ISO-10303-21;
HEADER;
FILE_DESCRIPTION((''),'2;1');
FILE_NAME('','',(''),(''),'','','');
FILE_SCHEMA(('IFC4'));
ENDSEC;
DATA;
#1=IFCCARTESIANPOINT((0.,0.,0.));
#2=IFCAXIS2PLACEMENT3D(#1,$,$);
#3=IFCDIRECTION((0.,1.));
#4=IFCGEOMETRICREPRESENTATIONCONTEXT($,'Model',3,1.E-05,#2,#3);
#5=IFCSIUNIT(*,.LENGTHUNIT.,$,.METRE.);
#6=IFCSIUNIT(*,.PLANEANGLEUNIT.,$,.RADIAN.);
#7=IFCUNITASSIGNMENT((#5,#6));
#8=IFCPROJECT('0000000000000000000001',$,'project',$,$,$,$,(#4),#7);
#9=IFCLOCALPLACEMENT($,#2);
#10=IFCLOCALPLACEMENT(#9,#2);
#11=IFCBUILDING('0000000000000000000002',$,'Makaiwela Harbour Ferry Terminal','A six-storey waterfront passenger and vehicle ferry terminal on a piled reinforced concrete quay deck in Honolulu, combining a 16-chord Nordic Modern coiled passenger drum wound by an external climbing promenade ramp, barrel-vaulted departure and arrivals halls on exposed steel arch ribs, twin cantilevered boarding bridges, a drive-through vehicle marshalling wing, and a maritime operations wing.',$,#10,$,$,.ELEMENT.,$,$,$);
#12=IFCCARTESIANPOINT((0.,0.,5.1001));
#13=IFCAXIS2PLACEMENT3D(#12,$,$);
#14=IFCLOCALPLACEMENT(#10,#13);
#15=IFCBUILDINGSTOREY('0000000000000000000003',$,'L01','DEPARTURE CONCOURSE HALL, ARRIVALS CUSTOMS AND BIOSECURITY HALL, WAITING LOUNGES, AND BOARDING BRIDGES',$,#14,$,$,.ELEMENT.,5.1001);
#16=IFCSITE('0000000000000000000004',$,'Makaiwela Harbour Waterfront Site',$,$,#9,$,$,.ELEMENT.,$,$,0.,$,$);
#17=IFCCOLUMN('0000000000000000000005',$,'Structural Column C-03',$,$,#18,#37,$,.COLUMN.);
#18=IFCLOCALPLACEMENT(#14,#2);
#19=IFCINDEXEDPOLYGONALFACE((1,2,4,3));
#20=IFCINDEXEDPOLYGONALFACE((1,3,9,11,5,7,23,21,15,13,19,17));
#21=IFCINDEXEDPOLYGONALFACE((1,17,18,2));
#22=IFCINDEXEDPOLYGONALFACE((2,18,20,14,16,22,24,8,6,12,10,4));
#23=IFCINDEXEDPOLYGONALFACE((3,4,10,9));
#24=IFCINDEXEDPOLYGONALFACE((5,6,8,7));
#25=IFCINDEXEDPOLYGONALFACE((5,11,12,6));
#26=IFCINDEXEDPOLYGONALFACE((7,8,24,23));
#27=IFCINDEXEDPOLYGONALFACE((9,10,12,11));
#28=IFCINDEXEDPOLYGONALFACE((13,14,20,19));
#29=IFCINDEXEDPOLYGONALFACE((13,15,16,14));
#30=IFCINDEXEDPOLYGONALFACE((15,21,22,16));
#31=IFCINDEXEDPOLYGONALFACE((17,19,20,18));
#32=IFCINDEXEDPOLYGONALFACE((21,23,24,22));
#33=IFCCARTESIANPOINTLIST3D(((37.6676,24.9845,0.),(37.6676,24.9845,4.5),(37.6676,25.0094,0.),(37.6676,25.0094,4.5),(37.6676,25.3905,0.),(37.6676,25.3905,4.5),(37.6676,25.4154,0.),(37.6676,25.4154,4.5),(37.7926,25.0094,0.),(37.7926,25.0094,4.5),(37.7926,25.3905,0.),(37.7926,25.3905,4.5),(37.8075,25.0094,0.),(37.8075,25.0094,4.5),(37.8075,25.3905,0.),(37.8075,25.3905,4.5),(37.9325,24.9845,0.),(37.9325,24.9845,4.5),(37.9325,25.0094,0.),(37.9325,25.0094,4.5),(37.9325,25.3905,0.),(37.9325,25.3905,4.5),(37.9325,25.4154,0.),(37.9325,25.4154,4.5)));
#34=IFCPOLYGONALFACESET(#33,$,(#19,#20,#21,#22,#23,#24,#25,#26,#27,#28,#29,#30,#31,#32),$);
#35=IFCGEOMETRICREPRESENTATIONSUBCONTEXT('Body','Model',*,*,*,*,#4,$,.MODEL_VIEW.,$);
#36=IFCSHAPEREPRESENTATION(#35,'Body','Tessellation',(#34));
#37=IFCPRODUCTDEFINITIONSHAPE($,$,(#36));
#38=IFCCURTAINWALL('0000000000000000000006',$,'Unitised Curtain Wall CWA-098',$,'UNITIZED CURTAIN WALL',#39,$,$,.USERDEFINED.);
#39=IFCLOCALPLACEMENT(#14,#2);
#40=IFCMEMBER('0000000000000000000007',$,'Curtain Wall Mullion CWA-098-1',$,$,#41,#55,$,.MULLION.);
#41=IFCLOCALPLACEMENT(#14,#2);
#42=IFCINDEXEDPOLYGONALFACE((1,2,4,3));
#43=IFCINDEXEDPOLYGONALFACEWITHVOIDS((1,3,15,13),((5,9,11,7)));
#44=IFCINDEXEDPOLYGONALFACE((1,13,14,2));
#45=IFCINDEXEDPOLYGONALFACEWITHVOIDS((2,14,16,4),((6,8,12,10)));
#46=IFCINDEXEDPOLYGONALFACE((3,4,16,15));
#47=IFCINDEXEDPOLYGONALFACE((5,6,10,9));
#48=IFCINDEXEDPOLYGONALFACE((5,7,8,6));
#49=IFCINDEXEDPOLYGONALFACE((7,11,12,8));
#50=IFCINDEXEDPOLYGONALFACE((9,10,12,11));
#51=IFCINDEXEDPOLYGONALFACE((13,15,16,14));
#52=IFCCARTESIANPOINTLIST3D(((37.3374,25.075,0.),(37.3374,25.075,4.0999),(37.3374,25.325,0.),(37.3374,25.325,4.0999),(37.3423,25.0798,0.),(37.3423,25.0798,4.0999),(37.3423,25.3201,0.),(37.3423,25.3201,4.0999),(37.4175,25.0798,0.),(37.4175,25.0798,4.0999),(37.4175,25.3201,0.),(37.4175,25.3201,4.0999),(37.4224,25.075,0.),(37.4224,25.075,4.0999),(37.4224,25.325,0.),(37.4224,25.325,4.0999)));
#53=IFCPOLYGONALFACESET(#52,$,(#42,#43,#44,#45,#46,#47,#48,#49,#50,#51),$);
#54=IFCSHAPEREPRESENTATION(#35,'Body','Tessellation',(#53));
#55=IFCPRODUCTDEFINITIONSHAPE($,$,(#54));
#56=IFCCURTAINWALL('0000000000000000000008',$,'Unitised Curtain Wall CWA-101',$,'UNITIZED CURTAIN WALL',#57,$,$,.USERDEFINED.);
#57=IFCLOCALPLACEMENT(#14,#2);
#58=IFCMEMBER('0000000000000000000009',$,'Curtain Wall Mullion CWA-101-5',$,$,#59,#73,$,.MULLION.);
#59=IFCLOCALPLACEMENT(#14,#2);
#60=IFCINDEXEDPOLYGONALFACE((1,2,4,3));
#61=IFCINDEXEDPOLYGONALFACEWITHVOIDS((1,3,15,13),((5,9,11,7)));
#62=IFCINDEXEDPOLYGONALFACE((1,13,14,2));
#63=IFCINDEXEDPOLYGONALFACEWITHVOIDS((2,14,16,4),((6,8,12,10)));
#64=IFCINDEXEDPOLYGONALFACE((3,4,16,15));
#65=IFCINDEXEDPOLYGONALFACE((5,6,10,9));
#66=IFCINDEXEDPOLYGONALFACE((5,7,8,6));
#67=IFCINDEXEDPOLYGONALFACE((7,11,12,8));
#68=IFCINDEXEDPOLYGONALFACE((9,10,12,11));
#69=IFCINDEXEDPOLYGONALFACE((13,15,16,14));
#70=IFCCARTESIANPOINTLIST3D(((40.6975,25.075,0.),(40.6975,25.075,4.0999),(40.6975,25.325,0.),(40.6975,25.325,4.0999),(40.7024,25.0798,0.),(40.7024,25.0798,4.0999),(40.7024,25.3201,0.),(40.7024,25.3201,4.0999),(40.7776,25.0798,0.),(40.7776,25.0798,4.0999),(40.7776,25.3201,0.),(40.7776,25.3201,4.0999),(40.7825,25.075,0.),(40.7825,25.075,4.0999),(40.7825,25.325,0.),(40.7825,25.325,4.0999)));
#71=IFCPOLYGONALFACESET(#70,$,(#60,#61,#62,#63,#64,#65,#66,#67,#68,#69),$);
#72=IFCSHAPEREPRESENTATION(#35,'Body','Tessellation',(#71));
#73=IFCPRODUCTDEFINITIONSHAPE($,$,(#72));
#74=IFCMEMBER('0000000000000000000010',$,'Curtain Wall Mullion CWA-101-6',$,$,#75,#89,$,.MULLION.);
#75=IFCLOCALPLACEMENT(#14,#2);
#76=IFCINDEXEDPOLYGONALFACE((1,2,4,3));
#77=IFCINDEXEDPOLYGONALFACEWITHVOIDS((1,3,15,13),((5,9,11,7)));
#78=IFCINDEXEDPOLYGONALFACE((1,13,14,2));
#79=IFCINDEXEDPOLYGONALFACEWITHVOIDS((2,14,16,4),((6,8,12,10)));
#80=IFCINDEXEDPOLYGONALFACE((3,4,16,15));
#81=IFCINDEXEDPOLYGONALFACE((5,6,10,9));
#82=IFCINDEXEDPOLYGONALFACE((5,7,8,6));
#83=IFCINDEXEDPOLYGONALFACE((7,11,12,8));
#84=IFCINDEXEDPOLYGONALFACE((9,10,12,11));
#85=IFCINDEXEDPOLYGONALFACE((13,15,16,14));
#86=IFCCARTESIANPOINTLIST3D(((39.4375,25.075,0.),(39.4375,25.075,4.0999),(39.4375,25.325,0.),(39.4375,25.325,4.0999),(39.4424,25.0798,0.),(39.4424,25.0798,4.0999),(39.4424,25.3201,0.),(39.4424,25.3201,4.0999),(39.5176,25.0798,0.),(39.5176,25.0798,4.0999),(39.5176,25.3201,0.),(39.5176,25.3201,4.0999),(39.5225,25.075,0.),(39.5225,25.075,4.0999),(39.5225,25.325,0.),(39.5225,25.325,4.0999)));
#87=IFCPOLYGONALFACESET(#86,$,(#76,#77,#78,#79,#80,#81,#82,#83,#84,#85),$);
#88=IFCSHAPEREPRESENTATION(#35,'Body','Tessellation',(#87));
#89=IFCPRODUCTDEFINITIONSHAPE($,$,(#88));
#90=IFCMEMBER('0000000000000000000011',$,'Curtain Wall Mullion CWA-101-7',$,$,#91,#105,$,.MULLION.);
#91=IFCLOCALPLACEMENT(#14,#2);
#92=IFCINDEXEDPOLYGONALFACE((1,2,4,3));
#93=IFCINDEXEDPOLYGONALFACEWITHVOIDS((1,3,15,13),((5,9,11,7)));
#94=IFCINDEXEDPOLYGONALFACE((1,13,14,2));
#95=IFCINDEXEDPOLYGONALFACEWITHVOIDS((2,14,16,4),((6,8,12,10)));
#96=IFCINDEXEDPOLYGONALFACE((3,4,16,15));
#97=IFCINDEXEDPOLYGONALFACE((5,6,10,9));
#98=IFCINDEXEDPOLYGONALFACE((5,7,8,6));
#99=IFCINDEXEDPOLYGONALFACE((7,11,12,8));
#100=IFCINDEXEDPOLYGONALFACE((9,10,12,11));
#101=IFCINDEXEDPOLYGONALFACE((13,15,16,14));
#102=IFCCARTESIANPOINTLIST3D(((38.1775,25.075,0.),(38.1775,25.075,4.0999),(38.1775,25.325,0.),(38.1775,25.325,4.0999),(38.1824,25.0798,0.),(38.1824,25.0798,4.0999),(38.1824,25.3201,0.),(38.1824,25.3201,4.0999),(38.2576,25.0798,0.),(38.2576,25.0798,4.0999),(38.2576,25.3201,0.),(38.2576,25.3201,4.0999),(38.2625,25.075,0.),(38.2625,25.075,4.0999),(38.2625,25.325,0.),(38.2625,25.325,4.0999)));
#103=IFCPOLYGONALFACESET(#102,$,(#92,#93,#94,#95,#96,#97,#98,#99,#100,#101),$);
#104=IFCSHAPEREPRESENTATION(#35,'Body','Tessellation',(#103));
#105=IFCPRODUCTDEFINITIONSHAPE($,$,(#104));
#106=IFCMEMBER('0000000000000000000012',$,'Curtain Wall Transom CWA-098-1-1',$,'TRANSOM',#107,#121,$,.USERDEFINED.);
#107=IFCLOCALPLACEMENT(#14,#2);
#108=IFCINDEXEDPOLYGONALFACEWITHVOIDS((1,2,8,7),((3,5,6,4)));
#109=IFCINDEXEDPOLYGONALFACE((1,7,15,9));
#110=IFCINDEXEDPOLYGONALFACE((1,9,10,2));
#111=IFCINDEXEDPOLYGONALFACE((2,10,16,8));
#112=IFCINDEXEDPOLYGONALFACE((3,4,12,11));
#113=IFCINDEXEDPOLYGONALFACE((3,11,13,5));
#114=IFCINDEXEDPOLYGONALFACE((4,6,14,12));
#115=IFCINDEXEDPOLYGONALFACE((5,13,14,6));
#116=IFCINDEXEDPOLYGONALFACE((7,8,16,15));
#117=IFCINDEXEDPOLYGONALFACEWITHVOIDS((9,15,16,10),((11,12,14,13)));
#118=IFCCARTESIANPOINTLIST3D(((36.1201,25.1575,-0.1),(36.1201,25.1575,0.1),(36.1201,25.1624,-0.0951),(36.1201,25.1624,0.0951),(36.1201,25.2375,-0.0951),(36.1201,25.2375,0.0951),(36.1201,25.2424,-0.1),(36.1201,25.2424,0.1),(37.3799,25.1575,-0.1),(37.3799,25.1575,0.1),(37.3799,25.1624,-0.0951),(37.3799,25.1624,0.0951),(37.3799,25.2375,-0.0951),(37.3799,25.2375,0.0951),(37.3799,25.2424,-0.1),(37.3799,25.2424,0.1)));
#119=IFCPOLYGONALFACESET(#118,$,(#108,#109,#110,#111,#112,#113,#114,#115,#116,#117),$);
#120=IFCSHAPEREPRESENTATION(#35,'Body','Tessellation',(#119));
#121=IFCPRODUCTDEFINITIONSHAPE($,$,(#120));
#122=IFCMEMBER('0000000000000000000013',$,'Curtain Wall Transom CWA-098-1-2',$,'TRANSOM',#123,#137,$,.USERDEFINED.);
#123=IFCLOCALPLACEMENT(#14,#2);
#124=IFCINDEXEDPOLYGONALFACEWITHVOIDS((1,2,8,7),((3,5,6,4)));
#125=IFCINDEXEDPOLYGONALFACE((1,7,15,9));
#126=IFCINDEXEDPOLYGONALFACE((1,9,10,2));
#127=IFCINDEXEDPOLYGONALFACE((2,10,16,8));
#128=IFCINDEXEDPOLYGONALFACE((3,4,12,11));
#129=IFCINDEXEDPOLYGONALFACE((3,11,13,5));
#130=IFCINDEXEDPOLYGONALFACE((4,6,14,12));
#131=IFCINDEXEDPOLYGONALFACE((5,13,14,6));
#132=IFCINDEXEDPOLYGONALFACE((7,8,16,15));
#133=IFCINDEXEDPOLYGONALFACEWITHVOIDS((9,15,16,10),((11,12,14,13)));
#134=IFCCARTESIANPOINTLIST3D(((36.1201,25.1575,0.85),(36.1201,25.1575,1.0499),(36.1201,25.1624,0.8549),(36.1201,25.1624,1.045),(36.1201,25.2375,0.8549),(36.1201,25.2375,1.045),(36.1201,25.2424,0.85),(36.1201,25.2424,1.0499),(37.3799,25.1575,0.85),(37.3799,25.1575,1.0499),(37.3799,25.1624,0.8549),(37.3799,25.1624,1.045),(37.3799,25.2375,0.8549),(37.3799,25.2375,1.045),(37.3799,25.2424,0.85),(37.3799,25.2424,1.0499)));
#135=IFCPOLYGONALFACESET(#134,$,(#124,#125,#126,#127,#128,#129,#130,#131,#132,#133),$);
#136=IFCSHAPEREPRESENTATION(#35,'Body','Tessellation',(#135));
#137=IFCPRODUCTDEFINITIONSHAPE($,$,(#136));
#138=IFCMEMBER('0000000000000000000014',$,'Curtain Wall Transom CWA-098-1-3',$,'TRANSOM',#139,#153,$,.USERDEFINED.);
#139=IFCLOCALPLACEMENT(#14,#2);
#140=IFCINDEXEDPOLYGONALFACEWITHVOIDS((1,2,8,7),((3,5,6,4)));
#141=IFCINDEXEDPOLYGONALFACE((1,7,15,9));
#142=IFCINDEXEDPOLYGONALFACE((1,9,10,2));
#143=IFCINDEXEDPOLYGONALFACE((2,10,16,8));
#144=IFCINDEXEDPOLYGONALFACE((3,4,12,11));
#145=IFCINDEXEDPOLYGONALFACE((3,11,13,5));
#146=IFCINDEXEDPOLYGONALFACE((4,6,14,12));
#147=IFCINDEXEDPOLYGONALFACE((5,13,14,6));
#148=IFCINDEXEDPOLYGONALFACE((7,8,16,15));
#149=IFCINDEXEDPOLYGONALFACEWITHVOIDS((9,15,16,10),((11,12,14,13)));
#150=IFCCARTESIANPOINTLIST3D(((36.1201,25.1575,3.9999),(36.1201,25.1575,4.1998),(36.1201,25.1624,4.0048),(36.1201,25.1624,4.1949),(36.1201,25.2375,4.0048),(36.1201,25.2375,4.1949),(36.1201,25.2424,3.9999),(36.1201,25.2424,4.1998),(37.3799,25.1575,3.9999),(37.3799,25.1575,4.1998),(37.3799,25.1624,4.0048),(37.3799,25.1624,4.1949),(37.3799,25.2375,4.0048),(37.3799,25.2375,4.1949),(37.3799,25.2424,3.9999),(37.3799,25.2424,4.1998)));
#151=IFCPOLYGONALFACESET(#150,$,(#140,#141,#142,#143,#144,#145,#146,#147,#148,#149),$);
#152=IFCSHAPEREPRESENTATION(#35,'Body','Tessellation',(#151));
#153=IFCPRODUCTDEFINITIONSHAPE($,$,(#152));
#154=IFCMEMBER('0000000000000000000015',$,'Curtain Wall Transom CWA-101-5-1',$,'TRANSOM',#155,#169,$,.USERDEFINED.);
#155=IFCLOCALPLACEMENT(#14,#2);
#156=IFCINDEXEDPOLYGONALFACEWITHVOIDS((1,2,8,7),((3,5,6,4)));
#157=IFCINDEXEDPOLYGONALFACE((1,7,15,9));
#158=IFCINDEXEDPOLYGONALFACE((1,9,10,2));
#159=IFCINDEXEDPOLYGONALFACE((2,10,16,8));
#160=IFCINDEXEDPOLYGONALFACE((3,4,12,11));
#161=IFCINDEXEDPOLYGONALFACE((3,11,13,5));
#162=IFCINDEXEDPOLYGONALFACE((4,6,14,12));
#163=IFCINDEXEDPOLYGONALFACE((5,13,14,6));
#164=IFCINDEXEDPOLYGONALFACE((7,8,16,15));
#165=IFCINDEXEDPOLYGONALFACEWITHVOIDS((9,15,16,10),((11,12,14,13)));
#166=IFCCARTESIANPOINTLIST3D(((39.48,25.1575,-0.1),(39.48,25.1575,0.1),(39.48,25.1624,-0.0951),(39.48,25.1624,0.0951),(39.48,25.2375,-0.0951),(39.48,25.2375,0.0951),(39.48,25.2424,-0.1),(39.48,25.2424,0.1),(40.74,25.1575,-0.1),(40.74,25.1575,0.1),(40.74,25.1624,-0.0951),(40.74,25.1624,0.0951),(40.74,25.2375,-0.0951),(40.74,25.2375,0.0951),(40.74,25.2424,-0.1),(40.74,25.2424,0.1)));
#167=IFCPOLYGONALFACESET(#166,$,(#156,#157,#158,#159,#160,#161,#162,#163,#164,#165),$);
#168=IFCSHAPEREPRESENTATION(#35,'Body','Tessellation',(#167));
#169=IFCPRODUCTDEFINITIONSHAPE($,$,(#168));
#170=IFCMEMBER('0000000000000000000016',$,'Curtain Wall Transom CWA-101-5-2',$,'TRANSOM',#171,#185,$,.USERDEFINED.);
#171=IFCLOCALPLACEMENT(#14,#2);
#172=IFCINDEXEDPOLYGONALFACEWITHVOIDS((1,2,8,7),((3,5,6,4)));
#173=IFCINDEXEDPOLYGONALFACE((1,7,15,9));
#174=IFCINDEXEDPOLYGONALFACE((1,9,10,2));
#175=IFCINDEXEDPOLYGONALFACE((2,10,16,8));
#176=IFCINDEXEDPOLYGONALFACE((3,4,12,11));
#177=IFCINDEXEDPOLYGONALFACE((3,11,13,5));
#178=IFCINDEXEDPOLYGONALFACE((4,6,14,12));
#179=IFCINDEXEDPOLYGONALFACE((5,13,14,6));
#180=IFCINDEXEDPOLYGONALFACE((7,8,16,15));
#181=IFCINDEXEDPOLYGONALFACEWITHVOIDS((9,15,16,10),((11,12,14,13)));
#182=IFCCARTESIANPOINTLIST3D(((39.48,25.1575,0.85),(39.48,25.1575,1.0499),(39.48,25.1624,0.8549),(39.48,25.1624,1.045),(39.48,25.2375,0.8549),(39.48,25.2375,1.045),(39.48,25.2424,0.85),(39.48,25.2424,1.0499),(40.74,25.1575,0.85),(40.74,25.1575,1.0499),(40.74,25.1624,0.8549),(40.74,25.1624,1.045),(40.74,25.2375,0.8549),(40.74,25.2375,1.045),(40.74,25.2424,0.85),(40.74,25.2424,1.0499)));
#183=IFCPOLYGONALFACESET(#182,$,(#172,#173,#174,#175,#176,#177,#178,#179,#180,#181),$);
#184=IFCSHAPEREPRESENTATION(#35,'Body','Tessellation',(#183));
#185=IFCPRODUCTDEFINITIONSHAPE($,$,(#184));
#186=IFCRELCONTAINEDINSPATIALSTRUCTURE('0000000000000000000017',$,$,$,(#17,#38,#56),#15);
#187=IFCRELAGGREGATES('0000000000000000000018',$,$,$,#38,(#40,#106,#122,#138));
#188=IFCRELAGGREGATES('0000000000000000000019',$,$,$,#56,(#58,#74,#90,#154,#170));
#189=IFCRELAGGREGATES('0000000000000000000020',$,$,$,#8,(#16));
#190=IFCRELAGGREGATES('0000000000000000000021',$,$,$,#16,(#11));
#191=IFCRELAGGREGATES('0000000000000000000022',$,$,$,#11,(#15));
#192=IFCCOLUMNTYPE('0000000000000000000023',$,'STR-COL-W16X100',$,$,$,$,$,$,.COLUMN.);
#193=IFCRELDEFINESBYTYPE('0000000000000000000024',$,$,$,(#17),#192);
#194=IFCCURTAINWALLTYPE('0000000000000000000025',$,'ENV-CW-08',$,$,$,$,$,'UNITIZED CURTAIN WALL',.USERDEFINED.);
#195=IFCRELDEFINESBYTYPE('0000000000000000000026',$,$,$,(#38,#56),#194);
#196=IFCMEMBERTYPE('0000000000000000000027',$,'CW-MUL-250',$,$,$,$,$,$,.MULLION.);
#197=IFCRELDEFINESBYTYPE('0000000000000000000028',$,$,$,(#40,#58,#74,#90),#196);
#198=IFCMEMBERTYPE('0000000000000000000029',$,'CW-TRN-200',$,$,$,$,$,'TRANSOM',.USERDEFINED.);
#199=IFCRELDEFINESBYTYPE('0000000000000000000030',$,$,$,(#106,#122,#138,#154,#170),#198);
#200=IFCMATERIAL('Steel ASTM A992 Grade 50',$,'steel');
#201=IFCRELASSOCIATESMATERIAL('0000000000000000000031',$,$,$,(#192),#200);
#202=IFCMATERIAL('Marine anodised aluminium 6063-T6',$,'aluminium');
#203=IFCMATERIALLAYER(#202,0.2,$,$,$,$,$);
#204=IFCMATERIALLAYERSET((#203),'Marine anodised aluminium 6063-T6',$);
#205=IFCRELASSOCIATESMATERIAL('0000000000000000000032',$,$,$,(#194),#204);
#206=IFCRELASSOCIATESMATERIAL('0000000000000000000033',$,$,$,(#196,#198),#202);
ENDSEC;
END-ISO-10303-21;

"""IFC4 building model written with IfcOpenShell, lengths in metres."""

from ifc_helpers import new_model, si_unit, direction, frame, origin, origin_2d, place, context, subcontext, project, spatial, hollow_rectangle, i_section, extrude, material, layer, layer_set, material_profile, profile_set, type_object, element, aggregate, save


model = new_model("IFC4")

# Units and contexts
model_context = context("Model", 3, precision=1e-05, world=origin(), true_north=direction((0.0, 1.0)))
body_context = subcontext(model_context, "Body", "Model", "MODEL_VIEW")
ifc_project = project(units=[si_unit("LENGTHUNIT", "METRE"), si_unit("PLANEANGLEUNIT", "RADIAN")], contexts=[model_context])

# Site, building, storey
site_placement = place(None, origin())
site = spatial("IfcSite", under=ifc_project, at=site_placement, Name="Makaiwela Harbour Waterfront Site", CompositionType="ELEMENT", RefElevation=0.0)
building_placement = place(site_placement, origin())
building = spatial("IfcBuilding", under=site, at=building_placement, Name="Makaiwela Harbour Ferry Terminal", Description="A six-storey waterfront passenger and vehicle ferry terminal on a piled reinforced concrete quay deck in Honolulu, combining a 16-chord Nordic Modern coiled passenger drum wound by an external climbing promenade ramp, barrel-vaulted departure and arrivals halls on exposed steel arch ribs, twin cantilevered boarding bridges, a drive-through vehicle marshalling wing, and a maritime operations wing.", CompositionType="ELEMENT")
storey_placement = place(building_placement, frame((0.0, 0.0, 5.1001)))
storey = spatial("IfcBuildingStorey", under=building, at=storey_placement, Name="L01", Description="DEPARTURE CONCOURSE HALL, ARRIVALS CUSTOMS AND BIOSECURITY HALL, WAITING LOUNGES, AND BOARDING BRIDGES", CompositionType="ELEMENT", Elevation=5.1001)

# Column
ifc_material_1 = material(Name="Steel ASTM A992 Grade 50", Category="steel")
ifc_material_profile_1 = material_profile(ifc_material_1, i_section(OverallWidth=0.2649, OverallDepth=0.4309, WebThickness=0.0149, FlangeThickness=0.0249, at=origin_2d()), Name="W16X100")
ifc_profile_set_1 = profile_set([ifc_material_profile_1], Name="Steel ASTM A992 Grade 50")
column_type = type_object("IfcColumnType", Name="STR-COL-W16X100", PredefinedType="COLUMN", material=ifc_profile_set_1)
column_placement = place(storey_placement, frame((37.8, 25.2, 0.0), z_axis=(0.0, 0.0, 1.0), x_axis=(1.0, 0.0, 0.0)))
element("IfcColumn", 1, at=column_placement, inside=storey, type_object=column_type, Name="Structural Column C-03", PredefinedType="COLUMN", context=body_context, shape_type="SweptSolid", body=[
    extrude(i_section(OverallWidth=0.2649, OverallDepth=0.4309, WebThickness=0.0149, FlangeThickness=0.0249, at=origin_2d()), origin(), (0.0, 0.0, 1.0), 4.5),
])

# Curtain wall, member
ifc_material_2 = material(Name="Marine anodised aluminium 6063-T6", Category="aluminium")
ifc_layer_1 = layer(ifc_material_2, 0.2)
ifc_layer_set_1 = layer_set([ifc_layer_1], Name="Marine anodised aluminium 6063-T6")
curtain_wall_type = type_object("IfcCurtainWallType", Name="ENV-CW-08", ElementType="UNITIZED CURTAIN WALL", PredefinedType="USERDEFINED", material=ifc_layer_set_1)
curtain_wall_1_placement = place(storey_placement, origin())
curtain_wall_1 = element("IfcCurtainWall", 2, at=curtain_wall_1_placement, inside=storey, type_object=curtain_wall_type, Name="Unitised Curtain Wall CWA-098", ObjectType="UNITIZED CURTAIN WALL", PredefinedType="USERDEFINED")
ifc_material_profile_2 = material_profile(ifc_material_2, hollow_rectangle(XDim=0.085, YDim=0.25, WallThickness=0.0049, at=origin_2d()), Name="CWM-250X85")
ifc_profile_set_2 = profile_set([ifc_material_profile_2], Name="Marine anodised aluminium 6063-T6")
member_type_1 = type_object("IfcMemberType", Name="CW-MUL-250", PredefinedType="MULLION", material=ifc_profile_set_2)
member_1_placement = place(storey_placement, frame((37.3799, 25.2, 0.0), z_axis=(0.0, 0.0, 1.0), x_axis=(1.0, 0.0, 0.0)))
member_1 = element("IfcMember", 3, at=member_1_placement, type_object=member_type_1, Name="Curtain Wall Mullion CWA-098-1", PredefinedType="MULLION", context=body_context, shape_type="SweptSolid", body=[
    extrude(hollow_rectangle(XDim=0.085, YDim=0.25, WallThickness=0.0049, at=origin_2d()), origin(), (0.0, 0.0, 1.0), 4.0999),
])

# Curtain wall, members
curtain_wall_2_placement = place(storey_placement, origin())
curtain_wall_2 = element("IfcCurtainWall", 4, at=curtain_wall_2_placement, inside=storey, type_object=curtain_wall_type, Name="Unitised Curtain Wall CWA-101", ObjectType="UNITIZED CURTAIN WALL", PredefinedType="USERDEFINED")
member_2_placement = place(storey_placement, frame((40.74, 25.2, 0.0), z_axis=(0.0, 0.0, 1.0), x_axis=(1.0, 0.0, 0.0)))
member_2 = element("IfcMember", 5, at=member_2_placement, type_object=member_type_1, Name="Curtain Wall Mullion CWA-101-5", PredefinedType="MULLION", context=body_context, shape_type="SweptSolid", body=[
    extrude(hollow_rectangle(XDim=0.085, YDim=0.25, WallThickness=0.0049, at=origin_2d()), origin(), (0.0, 0.0, 1.0), 4.0999),
])
member_3_placement = place(storey_placement, frame((39.48, 25.2, 0.0), z_axis=(0.0, 0.0, 1.0), x_axis=(1.0, 0.0, 0.0)))
member_3 = element("IfcMember", 6, at=member_3_placement, type_object=member_type_1, Name="Curtain Wall Mullion CWA-101-6", PredefinedType="MULLION", context=body_context, shape_type="SweptSolid", body=[
    extrude(hollow_rectangle(XDim=0.085, YDim=0.25, WallThickness=0.0049, at=origin_2d()), origin(), (0.0, 0.0, 1.0), 4.0999),
])
member_4_placement = place(storey_placement, frame((38.22, 25.2, 0.0), z_axis=(0.0, 0.0, 1.0), x_axis=(1.0, 0.0, 0.0)))
member_4 = element("IfcMember", 7, at=member_4_placement, type_object=member_type_1, Name="Curtain Wall Mullion CWA-101-7", PredefinedType="MULLION", context=body_context, shape_type="SweptSolid", body=[
    extrude(hollow_rectangle(XDim=0.085, YDim=0.25, WallThickness=0.0049, at=origin_2d()), origin(), (0.0, 0.0, 1.0), 4.0999),
])

# Members
ifc_material_profile_3 = material_profile(ifc_material_2, hollow_rectangle(XDim=0.085, YDim=0.2, WallThickness=0.0049, at=origin_2d()), Name="CWT-200X85")
ifc_profile_set_3 = profile_set([ifc_material_profile_3], Name="Marine anodised aluminium 6063-T6")
member_type_2 = type_object("IfcMemberType", Name="CW-TRN-200", ElementType="TRANSOM", PredefinedType="USERDEFINED", material=ifc_profile_set_3)
member_5_placement = place(storey_placement, frame((37.3799, 25.2, 0.0), z_axis=(-1.0, 0.0, 0.0), x_axis=(0.0, -1.0, 0.0)))
member_5 = element("IfcMember", 8, at=member_5_placement, type_object=member_type_2, Name="Curtain Wall Transom CWA-098-1-1", ObjectType="TRANSOM", PredefinedType="USERDEFINED", context=body_context, shape_type="SweptSolid", body=[
    extrude(hollow_rectangle(XDim=0.085, YDim=0.2, WallThickness=0.0049, at=origin_2d()), origin(), (0.0, 0.0, 1.0), 1.2598),
])
member_6_placement = place(storey_placement, frame((37.3799, 25.2, 0.95), z_axis=(-1.0, 0.0, 0.0), x_axis=(0.0, -1.0, 0.0)))
member_6 = element("IfcMember", 9, at=member_6_placement, type_object=member_type_2, Name="Curtain Wall Transom CWA-098-1-2", ObjectType="TRANSOM", PredefinedType="USERDEFINED", context=body_context, shape_type="SweptSolid", body=[
    extrude(hollow_rectangle(XDim=0.085, YDim=0.2, WallThickness=0.0049, at=origin_2d()), origin(), (0.0, 0.0, 1.0), 1.2598),
])
member_7_placement = place(storey_placement, frame((37.3799, 25.2, 4.0999), z_axis=(-1.0, 0.0, 0.0), x_axis=(0.0, -1.0, 0.0)))
member_7 = element("IfcMember", 10, at=member_7_placement, type_object=member_type_2, Name="Curtain Wall Transom CWA-098-1-3", ObjectType="TRANSOM", PredefinedType="USERDEFINED", context=body_context, shape_type="SweptSolid", body=[
    extrude(hollow_rectangle(XDim=0.085, YDim=0.2, WallThickness=0.0049, at=origin_2d()), origin(), (0.0, 0.0, 1.0), 1.2598),
])
member_8_placement = place(storey_placement, frame((40.74, 25.2, 0.0), z_axis=(-1.0, 0.0, 0.0), x_axis=(0.0, -1.0, 0.0)))
member_8 = element("IfcMember", 11, at=member_8_placement, type_object=member_type_2, Name="Curtain Wall Transom CWA-101-5-1", ObjectType="TRANSOM", PredefinedType="USERDEFINED", context=body_context, shape_type="SweptSolid", body=[
    extrude(hollow_rectangle(XDim=0.085, YDim=0.2, WallThickness=0.0049, at=origin_2d()), origin(), (0.0, 0.0, 1.0), 1.26),
])
member_9_placement = place(storey_placement, frame((40.74, 25.2, 0.95), z_axis=(-1.0, 0.0, 0.0), x_axis=(0.0, -1.0, 0.0)))
member_9 = element("IfcMember", 12, at=member_9_placement, type_object=member_type_2, Name="Curtain Wall Transom CWA-101-5-2", ObjectType="TRANSOM", PredefinedType="USERDEFINED", context=body_context, shape_type="SweptSolid", body=[
    extrude(hollow_rectangle(XDim=0.085, YDim=0.2, WallThickness=0.0049, at=origin_2d()), origin(), (0.0, 0.0, 1.0), 1.26),
])

aggregate(curtain_wall_1, [member_1, member_5, member_6, member_7])
aggregate(curtain_wall_2, [member_2, member_3, member_4, member_8, member_9])

save(model, "model.ifc")
